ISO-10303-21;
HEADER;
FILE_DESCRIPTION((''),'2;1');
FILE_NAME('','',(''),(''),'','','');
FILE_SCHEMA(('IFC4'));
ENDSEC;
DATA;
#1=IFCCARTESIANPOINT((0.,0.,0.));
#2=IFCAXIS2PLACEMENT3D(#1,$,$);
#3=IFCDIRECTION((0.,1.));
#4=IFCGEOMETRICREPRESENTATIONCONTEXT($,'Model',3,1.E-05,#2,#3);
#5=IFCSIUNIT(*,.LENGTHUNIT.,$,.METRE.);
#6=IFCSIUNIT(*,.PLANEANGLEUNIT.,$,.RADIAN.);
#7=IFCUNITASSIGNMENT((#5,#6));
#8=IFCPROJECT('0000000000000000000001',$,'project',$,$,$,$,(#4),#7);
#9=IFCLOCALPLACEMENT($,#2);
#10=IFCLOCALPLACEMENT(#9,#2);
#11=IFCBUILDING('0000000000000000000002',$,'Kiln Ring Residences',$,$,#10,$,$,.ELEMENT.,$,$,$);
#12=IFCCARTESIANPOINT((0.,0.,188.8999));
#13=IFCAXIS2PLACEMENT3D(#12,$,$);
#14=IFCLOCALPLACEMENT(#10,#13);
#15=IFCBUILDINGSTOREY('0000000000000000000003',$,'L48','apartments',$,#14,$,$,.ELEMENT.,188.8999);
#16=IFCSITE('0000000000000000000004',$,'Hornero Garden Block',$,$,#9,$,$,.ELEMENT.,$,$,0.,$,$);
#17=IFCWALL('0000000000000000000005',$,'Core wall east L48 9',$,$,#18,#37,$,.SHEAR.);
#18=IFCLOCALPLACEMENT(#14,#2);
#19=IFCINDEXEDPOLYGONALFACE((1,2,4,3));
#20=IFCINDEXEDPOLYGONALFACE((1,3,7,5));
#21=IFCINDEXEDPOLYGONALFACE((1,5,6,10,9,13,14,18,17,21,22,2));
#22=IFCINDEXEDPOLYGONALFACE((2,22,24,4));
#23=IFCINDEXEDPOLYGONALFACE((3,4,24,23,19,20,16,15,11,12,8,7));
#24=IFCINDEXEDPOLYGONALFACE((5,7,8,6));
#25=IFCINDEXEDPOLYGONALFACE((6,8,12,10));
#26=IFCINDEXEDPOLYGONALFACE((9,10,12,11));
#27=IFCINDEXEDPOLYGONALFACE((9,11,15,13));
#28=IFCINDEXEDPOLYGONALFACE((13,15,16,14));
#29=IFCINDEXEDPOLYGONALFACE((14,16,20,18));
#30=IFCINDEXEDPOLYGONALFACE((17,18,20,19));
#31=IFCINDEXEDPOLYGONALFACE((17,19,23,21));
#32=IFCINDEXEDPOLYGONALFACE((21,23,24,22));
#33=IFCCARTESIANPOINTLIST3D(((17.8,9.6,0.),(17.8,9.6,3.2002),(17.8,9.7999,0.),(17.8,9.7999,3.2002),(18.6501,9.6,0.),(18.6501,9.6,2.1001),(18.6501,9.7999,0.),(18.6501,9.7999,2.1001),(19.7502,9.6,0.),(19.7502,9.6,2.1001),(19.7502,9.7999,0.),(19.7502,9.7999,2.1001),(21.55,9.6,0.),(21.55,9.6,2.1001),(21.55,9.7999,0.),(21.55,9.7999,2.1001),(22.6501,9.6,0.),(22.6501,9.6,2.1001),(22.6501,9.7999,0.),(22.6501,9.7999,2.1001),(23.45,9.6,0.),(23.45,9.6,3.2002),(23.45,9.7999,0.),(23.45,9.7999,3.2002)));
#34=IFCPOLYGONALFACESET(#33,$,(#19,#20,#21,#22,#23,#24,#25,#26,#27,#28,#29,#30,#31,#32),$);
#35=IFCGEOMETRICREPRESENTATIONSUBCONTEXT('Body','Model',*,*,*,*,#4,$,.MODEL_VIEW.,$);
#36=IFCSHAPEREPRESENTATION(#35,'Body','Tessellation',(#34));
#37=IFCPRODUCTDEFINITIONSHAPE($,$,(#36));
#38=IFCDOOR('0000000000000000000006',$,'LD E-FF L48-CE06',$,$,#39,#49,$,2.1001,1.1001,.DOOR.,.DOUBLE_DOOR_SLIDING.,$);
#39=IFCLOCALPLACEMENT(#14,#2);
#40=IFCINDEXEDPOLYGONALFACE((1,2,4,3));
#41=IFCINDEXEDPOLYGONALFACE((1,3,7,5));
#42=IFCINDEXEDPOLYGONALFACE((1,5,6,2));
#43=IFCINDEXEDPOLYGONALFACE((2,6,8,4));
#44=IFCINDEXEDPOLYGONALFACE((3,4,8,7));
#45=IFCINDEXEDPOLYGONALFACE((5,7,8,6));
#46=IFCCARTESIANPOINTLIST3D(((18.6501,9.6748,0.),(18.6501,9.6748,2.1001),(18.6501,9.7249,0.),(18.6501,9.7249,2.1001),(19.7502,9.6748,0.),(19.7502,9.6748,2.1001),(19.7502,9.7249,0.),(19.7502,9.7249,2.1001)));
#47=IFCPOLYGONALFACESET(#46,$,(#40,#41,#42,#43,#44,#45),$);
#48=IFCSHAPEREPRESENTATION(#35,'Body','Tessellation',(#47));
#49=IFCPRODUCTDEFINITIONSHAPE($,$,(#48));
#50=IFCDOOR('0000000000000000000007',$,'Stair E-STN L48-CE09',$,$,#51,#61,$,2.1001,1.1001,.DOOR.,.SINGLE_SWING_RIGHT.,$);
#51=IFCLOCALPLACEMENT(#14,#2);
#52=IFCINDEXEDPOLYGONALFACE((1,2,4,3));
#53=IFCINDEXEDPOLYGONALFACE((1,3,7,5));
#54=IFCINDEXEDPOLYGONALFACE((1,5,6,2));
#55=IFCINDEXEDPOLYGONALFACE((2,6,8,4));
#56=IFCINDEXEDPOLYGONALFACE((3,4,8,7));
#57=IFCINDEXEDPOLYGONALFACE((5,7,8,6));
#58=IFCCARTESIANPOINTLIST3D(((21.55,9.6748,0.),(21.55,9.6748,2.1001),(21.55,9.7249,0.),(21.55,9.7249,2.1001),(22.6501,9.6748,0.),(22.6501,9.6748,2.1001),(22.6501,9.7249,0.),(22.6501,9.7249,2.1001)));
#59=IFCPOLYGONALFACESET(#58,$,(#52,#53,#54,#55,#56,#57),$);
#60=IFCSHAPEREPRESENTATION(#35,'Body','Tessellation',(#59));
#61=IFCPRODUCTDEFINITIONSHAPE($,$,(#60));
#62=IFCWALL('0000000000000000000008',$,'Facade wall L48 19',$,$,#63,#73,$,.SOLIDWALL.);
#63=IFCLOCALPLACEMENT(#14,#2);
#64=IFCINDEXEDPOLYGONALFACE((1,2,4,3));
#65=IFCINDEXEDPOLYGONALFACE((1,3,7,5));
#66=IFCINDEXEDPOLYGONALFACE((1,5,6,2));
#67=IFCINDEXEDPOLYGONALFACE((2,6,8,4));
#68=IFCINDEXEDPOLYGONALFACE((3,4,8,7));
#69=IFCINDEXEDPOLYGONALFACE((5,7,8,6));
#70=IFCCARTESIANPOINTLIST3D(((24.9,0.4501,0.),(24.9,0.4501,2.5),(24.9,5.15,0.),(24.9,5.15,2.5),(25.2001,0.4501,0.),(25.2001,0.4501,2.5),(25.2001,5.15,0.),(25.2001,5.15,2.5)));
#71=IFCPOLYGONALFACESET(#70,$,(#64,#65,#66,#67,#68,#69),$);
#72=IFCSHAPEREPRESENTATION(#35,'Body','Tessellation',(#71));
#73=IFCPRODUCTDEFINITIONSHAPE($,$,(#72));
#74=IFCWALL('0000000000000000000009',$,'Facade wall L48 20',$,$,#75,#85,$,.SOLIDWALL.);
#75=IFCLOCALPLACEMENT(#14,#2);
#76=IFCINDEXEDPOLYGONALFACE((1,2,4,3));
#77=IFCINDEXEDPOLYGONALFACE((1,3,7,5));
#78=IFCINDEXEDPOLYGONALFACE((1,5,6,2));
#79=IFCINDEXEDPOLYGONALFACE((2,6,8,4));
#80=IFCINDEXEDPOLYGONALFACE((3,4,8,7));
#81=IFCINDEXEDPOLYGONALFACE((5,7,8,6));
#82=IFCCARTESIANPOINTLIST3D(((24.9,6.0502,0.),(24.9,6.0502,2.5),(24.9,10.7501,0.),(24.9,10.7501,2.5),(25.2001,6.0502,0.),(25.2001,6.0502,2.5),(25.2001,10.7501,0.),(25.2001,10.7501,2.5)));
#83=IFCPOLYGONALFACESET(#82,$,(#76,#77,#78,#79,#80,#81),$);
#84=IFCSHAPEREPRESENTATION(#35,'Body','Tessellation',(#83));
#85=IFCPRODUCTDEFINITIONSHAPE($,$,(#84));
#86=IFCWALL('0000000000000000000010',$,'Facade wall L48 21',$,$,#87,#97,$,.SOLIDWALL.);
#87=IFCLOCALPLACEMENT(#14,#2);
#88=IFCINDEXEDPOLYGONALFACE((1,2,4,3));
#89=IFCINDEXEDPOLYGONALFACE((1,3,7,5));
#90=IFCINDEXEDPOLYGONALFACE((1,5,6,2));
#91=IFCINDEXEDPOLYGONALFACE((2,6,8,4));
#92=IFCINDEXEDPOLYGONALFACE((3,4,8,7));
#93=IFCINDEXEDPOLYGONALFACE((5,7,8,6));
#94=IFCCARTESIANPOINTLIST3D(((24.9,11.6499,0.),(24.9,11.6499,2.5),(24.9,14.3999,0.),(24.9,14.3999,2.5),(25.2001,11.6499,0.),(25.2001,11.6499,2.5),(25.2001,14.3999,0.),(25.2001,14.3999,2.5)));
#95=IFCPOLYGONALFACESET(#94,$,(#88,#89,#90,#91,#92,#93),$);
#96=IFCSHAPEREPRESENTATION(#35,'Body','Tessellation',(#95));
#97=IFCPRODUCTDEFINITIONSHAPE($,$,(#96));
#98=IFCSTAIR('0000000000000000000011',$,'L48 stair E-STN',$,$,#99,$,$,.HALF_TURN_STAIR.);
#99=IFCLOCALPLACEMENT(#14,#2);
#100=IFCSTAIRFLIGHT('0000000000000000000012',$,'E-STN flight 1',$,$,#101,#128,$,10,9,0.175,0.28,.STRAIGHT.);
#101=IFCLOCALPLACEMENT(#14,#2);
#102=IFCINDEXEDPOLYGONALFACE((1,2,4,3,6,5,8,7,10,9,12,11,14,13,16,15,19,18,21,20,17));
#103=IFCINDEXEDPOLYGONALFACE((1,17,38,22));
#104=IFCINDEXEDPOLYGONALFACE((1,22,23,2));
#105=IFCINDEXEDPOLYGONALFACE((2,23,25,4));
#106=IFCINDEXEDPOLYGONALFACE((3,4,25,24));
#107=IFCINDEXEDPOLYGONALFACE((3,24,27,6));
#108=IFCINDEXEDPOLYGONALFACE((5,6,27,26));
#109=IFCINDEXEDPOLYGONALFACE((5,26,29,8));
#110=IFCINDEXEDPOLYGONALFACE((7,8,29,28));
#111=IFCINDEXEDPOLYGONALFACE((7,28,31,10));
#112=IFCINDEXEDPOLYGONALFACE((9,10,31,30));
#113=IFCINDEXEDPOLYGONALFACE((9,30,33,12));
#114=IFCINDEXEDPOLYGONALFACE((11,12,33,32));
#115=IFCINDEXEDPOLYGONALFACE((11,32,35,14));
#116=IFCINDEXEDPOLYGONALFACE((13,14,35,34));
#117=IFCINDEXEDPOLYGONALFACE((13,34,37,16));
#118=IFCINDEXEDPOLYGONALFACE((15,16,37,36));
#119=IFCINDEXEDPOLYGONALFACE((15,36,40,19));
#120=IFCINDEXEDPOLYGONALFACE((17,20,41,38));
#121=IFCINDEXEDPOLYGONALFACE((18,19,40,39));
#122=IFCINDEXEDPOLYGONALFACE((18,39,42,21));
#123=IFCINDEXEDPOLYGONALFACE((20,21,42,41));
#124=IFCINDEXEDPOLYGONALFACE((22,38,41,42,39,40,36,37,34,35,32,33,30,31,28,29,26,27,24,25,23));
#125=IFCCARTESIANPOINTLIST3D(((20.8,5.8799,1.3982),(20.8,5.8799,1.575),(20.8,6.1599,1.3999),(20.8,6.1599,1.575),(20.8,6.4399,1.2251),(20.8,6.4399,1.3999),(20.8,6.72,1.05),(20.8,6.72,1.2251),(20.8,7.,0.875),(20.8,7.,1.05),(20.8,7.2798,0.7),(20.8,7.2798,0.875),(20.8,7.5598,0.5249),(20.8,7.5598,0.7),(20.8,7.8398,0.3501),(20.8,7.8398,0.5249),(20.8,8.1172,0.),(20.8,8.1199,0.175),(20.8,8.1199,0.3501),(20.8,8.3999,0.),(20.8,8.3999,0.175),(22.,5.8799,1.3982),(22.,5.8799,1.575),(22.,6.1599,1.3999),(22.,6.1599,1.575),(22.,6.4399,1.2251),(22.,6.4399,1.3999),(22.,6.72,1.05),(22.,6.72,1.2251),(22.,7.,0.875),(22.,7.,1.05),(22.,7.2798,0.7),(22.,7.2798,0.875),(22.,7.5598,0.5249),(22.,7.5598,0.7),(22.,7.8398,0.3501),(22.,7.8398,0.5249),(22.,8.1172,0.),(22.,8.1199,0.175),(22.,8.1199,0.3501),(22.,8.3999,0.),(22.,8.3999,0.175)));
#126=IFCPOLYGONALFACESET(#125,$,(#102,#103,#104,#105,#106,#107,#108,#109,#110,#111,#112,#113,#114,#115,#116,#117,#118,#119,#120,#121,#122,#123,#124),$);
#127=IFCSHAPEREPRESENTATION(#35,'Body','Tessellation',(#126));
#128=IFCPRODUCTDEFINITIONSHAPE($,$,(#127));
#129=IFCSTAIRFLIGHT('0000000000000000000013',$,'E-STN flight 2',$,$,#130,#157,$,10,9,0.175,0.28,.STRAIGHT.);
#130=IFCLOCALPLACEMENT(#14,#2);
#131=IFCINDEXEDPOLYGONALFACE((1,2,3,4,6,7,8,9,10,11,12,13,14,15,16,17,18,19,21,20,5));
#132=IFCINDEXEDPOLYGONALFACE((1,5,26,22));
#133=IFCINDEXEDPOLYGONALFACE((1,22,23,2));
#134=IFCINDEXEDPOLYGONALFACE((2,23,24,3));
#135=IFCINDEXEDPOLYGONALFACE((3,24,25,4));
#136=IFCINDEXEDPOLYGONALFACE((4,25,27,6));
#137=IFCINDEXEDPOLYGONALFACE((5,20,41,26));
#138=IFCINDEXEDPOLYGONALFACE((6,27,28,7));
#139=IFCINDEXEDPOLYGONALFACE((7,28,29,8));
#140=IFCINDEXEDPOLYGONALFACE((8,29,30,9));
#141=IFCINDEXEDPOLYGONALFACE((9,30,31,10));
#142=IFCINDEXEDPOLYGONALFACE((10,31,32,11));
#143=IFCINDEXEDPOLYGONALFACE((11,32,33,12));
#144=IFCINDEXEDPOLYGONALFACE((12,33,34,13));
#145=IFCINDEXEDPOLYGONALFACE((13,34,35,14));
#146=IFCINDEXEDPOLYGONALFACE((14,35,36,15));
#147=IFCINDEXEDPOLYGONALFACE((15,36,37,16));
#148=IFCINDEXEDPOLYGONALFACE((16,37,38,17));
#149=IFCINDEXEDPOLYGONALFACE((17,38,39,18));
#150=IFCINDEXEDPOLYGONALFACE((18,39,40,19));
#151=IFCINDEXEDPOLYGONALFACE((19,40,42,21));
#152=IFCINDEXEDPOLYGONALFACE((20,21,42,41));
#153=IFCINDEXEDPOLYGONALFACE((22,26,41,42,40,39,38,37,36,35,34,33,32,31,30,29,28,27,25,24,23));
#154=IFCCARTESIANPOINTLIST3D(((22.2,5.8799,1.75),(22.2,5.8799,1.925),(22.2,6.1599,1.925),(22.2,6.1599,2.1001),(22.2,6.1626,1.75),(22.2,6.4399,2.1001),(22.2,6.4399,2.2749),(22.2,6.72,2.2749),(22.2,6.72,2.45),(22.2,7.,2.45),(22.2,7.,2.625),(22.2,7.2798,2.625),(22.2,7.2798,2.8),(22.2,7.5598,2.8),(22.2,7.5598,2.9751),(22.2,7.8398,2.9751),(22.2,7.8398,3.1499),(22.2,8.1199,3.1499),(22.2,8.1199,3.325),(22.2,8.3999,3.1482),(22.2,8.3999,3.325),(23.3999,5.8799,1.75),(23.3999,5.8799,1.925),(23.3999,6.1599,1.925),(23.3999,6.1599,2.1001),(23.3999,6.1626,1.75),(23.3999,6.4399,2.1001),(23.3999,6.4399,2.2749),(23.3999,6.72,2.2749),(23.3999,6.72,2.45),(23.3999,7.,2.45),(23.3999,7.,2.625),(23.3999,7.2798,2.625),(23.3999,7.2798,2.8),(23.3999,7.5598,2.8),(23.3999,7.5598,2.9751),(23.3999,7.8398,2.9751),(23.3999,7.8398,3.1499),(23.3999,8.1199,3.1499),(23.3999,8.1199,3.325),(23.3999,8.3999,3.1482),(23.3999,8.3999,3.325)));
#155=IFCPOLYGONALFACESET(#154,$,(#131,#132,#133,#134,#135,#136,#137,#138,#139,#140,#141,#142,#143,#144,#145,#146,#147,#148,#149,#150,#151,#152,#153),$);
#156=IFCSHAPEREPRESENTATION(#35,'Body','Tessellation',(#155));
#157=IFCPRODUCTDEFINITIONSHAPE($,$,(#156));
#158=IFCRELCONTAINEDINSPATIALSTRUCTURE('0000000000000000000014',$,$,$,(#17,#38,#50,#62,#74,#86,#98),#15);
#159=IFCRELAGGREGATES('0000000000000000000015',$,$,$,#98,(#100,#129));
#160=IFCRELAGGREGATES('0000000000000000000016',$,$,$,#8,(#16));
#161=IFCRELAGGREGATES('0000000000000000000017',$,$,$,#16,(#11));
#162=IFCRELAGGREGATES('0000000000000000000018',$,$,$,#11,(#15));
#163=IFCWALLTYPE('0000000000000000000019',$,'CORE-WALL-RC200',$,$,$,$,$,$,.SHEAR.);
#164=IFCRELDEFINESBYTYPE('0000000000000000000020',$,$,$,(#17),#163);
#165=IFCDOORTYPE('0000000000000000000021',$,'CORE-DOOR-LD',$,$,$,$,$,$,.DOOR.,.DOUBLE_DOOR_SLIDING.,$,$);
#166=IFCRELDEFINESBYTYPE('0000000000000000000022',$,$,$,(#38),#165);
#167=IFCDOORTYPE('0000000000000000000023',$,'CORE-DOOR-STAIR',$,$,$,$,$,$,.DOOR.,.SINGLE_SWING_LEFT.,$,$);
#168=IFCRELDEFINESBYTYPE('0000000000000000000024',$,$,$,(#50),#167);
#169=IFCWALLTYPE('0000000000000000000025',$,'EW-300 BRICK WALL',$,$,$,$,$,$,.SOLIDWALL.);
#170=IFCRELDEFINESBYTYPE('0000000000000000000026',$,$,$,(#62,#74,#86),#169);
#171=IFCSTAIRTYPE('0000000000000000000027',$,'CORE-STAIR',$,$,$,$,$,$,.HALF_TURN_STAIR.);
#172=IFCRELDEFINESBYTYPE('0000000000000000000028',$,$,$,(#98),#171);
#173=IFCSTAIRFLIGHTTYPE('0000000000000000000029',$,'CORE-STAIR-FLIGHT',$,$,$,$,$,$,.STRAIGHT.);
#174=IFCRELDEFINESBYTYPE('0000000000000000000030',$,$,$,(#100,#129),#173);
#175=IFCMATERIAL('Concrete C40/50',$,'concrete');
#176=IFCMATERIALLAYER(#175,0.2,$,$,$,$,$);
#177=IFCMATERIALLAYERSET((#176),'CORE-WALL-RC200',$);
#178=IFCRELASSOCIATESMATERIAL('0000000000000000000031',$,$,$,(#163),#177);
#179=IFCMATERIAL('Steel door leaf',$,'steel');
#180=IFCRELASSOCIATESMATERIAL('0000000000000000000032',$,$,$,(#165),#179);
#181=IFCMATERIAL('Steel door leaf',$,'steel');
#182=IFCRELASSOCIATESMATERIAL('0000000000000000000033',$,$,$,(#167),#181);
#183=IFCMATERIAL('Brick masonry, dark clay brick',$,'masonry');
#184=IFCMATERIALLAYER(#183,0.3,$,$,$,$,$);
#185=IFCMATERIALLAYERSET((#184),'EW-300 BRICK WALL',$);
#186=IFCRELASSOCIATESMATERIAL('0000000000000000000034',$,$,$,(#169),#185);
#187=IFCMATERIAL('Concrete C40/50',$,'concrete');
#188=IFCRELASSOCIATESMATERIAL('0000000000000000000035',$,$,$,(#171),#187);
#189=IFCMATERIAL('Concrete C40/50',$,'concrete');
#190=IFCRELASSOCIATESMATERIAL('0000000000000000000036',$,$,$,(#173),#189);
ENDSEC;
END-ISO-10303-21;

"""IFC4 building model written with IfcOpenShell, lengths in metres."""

from ifc_helpers import new_model, si_unit, direction, frame, frame_2d, origin, place, context, subcontext, project, spatial, polyline, rectangle, outline, extrude, material, layer, layer_set, type_object, element, fill, aggregate, save


model = new_model("IFC4")

# Units and contexts
model_context = context("Model", 3, precision=1e-05, world=origin(), true_north=direction((0.0, 1.0)))
body_context = subcontext(model_context, "Body", "Model", "MODEL_VIEW")
ifc_project = project(units=[si_unit("LENGTHUNIT", "METRE"), si_unit("PLANEANGLEUNIT", "RADIAN")], contexts=[model_context])

# Site, building, storey
site_placement = place(None, origin())
site = spatial("IfcSite", under=ifc_project, at=site_placement, Name="Hornero Garden Block", CompositionType="ELEMENT", RefElevation=0.0)
building_placement = place(site_placement, origin())
building = spatial("IfcBuilding", under=site, at=building_placement, Name="Kiln Ring Residences", CompositionType="ELEMENT")
storey_placement = place(building_placement, frame((0.0, 0.0, 188.8999)))
storey = spatial("IfcBuildingStorey", under=building, at=storey_placement, Name="L48", Description="apartments", CompositionType="ELEMENT", Elevation=188.8999)

# Shared definitions
ifc_material_1 = material(Name="Concrete C40/50", Category="concrete")
ifc_layer_1 = layer(ifc_material_1, 0.2)
ifc_layer_set_1 = layer_set([ifc_layer_1], Name="CORE-WALL-RC200")
wall_type_1 = type_object("IfcWallType", Name="CORE-WALL-RC200", PredefinedType="SHEAR", material=ifc_layer_set_1)

# Wall, openings, doors
wall_1_placement = place(storey_placement, frame((17.8, 9.7, 0.0), z_axis=(0.0, 0.0, 1.0), x_axis=(1.0, 0.0, 0.0)))
wall_1 = element("IfcWall", 1, at=wall_1_placement, inside=storey, type_object=wall_type_1, Name="Core wall east L48 9", PredefinedType="SHEAR", context=body_context, shape_type="SweptSolid", body=[
    extrude(rectangle(XDim=5.6499, YDim=0.2, at=frame_2d((2.825, 0.0))), origin(), (0.0, 0.0, 1.0), 3.2002),
])
opening_1_placement = place(wall_1_placement, frame((0.8501, 0.0, 0.0)))
opening_1 = element("IfcOpeningElement", 2, at=opening_1_placement, cuts=wall_1, PredefinedType="OPENING", context=body_context, shape_type="SweptSolid", body=[
    extrude(rectangle(XDim=1.1001, YDim=2.1001, at=frame_2d((0.55, 1.05))), frame((0.0, 0.1099, 0.0), z_axis=(0.0, -1.0, 0.0), x_axis=(1.0, 0.0, 0.0)), (0.0, 0.0, 1.0), 0.22),
])
opening_2_placement = place(wall_1_placement, frame((3.75, 0.0, 0.0)))
opening_2 = element("IfcOpeningElement", 3, at=opening_2_placement, cuts=wall_1, PredefinedType="OPENING", context=body_context, shape_type="SweptSolid", body=[
    extrude(rectangle(XDim=1.1001, YDim=2.1001, at=frame_2d((0.55, 1.05))), frame((0.0, 0.1099, 0.0), z_axis=(0.0, -1.0, 0.0), x_axis=(1.0, 0.0, 0.0)), (0.0, 0.0, 1.0), 0.22),
])
ifc_material_2 = material(Name="Steel door leaf", Category="steel")
door_type_1 = type_object("IfcDoorType", Name="CORE-DOOR-LD", OperationType="DOUBLE_DOOR_SLIDING", PredefinedType="DOOR", material=ifc_material_2)
door_1_placement = place(opening_1_placement, origin())
door_1 = element("IfcDoor", 4, at=door_1_placement, inside=storey, type_object=door_type_1, Name="LD E-FF L48-CE06", OperationType="DOUBLE_DOOR_SLIDING", OverallHeight=2.1001, OverallWidth=1.1001, PredefinedType="DOOR", context=body_context, shape_type="SweptSolid", body=[
    extrude(rectangle(XDim=1.1001, YDim=2.1001, at=frame_2d((0.55, 1.05))), frame((0.0, 0.0249, 0.0), z_axis=(0.0, -1.0, 0.0), x_axis=(1.0, 0.0, 0.0)), (0.0, 0.0, 1.0), 0.05),
])
fill(opening_1, door_1)
ifc_material_3 = material(Name="Steel door leaf", Category="steel")
door_type_2 = type_object("IfcDoorType", Name="CORE-DOOR-STAIR", OperationType="SINGLE_SWING_LEFT", PredefinedType="DOOR", material=ifc_material_3)
door_2_placement = place(opening_2_placement, origin())
door_2 = element("IfcDoor", 5, at=door_2_placement, inside=storey, type_object=door_type_2, Name="Stair E-STN L48-CE09", OperationType="SINGLE_SWING_RIGHT", OverallHeight=2.1001, OverallWidth=1.1001, PredefinedType="DOOR", context=body_context, shape_type="SweptSolid", body=[
    extrude(rectangle(XDim=1.1001, YDim=2.1001, at=frame_2d((0.55, 1.05))), frame((0.0, 0.0249, 0.0), z_axis=(0.0, -1.0, 0.0), x_axis=(1.0, 0.0, 0.0)), (0.0, 0.0, 1.0), 0.05),
])
fill(opening_2, door_2)

# Walls
ifc_material_4 = material(Name="Brick masonry, dark clay brick", Category="masonry")
ifc_layer_2 = layer(ifc_material_4, 0.3)
ifc_layer_set_2 = layer_set([ifc_layer_2], Name="EW-300 BRICK WALL")
wall_type_2 = type_object("IfcWallType", Name="EW-300 BRICK WALL", PredefinedType="SOLIDWALL", material=ifc_layer_set_2)
for number, where, z_axis, x_axis, name in (
    (6, (25.05, 0.45, 0.0), (0.0, 0.0, 1.0), (0.0, 1.0, 0.0), "Facade wall L48 19"),
    (7, (25.05, 6.05, 0.0), (0.0, 0.0, 1.0), (0.0, 1.0, 0.0), "Facade wall L48 20"),
):
    element("IfcWall", number, at=place(storey_placement, frame(where, z_axis=z_axis, x_axis=x_axis)), inside=storey, type_object=wall_type_2, Name=name, PredefinedType="SOLIDWALL", context=body_context, shape_type="SweptSolid", body=[
        extrude(rectangle(XDim=4.7, YDim=0.3, at=frame_2d((2.3501, 0.0))), origin(), (0.0, 0.0, 1.0), 2.5),
    ])
wall_2_placement = place(storey_placement, frame((25.05, 11.6499, 0.0), z_axis=(0.0, 0.0, 1.0), x_axis=(0.0, 1.0, 0.0)))
element("IfcWall", 8, at=wall_2_placement, inside=storey, type_object=wall_type_2, Name="Facade wall L48 21", PredefinedType="SOLIDWALL", context=body_context, shape_type="SweptSolid", body=[
    extrude(rectangle(XDim=2.75, YDim=0.3, at=frame_2d((1.375, 0.0))), origin(), (0.0, 0.0, 1.0), 2.5),
])

# Stair, stair flights
ifc_material_5 = material(Name="Concrete C40/50", Category="concrete")
stair_type = type_object("IfcStairType", Name="CORE-STAIR", PredefinedType="HALF_TURN_STAIR", material=ifc_material_5)
stair_placement = place(storey_placement, origin())
stair = element("IfcStair", 9, at=stair_placement, inside=storey, type_object=stair_type, Name="L48 stair E-STN", PredefinedType="HALF_TURN_STAIR")
ifc_material_6 = material(Name="Concrete C40/50", Category="concrete")
stair_flight_type = type_object("IfcStairFlightType", Name="CORE-STAIR-FLIGHT", PredefinedType="STRAIGHT", material=ifc_material_6)
stair_flight_1_placement = place(storey_placement, frame((21.3999, 8.3999, 0.0), z_axis=(0.0, 0.0, 1.0), x_axis=(0.0, -1.0, 0.0)))
stair_flight_1 = element("IfcStairFlight", 10, at=stair_flight_1_placement, type_object=stair_flight_type, Name="E-STN flight 1", NumberOfRisers=10, NumberOfTreads=9, PredefinedType="STRAIGHT", RiserHeight=0.175, TreadLength=0.28, context=body_context, shape_type="SweptSolid", body=[
    extrude(outline(polyline([(0.0, 0.0), (0.0, 0.175), (0.28, 0.175), (0.28, 0.3501), (0.5601, 0.3501), (0.5601, 0.5249), (0.8401, 0.5249), (0.8401, 0.7), (1.1201, 0.7), (1.1201, 0.875), (1.3999, 0.875), (1.3999, 1.05), (1.6799, 1.05), (1.6799, 1.2251), (1.96, 1.2251), (1.96, 1.3999), (2.24, 1.3999), (2.24, 1.575), (2.52, 1.575), (2.52, 1.75), (2.52, 1.3982), (0.2827, 0.0), (0.0, 0.0)])), frame((0.0, 0.6001, 0.0), z_axis=(0.0, -1.0, 0.0), x_axis=(1.0, 0.0, 0.0)), (0.0, 0.0, 1.0), 1.2),
])
stair_flight_2_placement = place(storey_placement, frame((22.8, 5.8799, 1.75), z_axis=(0.0, 0.0, 1.0), x_axis=(0.0, 1.0, 0.0)))
stair_flight_2 = element("IfcStairFlight", 11, at=stair_flight_2_placement, type_object=stair_flight_type, Name="E-STN flight 2", NumberOfRisers=10, NumberOfTreads=9, PredefinedType="STRAIGHT", RiserHeight=0.175, TreadLength=0.28, context=body_context, shape_type="SweptSolid", body=[
    extrude(outline(polyline([(0.0, 0.0), (0.0, 0.175), (0.28, 0.175), (0.28, 0.3501), (0.5601, 0.3501), (0.5601, 0.5249), (0.8401, 0.5249), (0.8401, 0.7), (1.1201, 0.7), (1.1201, 0.875), (1.3999, 0.875), (1.3999, 1.05), (1.6799, 1.05), (1.6799, 1.2251), (1.96, 1.2251), (1.96, 1.3999), (2.24, 1.3999), (2.24, 1.575), (2.52, 1.575), (2.52, 1.75), (2.52, 1.3982), (0.2827, 0.0), (0.0, 0.0)])), frame((0.0, 0.6001, 0.0), z_axis=(0.0, -1.0, 0.0), x_axis=(1.0, 0.0, 0.0)), (0.0, 0.0, 1.0), 1.2),
])
aggregate(stair, [stair_flight_1, stair_flight_2])

save(model, "model.ifc")
